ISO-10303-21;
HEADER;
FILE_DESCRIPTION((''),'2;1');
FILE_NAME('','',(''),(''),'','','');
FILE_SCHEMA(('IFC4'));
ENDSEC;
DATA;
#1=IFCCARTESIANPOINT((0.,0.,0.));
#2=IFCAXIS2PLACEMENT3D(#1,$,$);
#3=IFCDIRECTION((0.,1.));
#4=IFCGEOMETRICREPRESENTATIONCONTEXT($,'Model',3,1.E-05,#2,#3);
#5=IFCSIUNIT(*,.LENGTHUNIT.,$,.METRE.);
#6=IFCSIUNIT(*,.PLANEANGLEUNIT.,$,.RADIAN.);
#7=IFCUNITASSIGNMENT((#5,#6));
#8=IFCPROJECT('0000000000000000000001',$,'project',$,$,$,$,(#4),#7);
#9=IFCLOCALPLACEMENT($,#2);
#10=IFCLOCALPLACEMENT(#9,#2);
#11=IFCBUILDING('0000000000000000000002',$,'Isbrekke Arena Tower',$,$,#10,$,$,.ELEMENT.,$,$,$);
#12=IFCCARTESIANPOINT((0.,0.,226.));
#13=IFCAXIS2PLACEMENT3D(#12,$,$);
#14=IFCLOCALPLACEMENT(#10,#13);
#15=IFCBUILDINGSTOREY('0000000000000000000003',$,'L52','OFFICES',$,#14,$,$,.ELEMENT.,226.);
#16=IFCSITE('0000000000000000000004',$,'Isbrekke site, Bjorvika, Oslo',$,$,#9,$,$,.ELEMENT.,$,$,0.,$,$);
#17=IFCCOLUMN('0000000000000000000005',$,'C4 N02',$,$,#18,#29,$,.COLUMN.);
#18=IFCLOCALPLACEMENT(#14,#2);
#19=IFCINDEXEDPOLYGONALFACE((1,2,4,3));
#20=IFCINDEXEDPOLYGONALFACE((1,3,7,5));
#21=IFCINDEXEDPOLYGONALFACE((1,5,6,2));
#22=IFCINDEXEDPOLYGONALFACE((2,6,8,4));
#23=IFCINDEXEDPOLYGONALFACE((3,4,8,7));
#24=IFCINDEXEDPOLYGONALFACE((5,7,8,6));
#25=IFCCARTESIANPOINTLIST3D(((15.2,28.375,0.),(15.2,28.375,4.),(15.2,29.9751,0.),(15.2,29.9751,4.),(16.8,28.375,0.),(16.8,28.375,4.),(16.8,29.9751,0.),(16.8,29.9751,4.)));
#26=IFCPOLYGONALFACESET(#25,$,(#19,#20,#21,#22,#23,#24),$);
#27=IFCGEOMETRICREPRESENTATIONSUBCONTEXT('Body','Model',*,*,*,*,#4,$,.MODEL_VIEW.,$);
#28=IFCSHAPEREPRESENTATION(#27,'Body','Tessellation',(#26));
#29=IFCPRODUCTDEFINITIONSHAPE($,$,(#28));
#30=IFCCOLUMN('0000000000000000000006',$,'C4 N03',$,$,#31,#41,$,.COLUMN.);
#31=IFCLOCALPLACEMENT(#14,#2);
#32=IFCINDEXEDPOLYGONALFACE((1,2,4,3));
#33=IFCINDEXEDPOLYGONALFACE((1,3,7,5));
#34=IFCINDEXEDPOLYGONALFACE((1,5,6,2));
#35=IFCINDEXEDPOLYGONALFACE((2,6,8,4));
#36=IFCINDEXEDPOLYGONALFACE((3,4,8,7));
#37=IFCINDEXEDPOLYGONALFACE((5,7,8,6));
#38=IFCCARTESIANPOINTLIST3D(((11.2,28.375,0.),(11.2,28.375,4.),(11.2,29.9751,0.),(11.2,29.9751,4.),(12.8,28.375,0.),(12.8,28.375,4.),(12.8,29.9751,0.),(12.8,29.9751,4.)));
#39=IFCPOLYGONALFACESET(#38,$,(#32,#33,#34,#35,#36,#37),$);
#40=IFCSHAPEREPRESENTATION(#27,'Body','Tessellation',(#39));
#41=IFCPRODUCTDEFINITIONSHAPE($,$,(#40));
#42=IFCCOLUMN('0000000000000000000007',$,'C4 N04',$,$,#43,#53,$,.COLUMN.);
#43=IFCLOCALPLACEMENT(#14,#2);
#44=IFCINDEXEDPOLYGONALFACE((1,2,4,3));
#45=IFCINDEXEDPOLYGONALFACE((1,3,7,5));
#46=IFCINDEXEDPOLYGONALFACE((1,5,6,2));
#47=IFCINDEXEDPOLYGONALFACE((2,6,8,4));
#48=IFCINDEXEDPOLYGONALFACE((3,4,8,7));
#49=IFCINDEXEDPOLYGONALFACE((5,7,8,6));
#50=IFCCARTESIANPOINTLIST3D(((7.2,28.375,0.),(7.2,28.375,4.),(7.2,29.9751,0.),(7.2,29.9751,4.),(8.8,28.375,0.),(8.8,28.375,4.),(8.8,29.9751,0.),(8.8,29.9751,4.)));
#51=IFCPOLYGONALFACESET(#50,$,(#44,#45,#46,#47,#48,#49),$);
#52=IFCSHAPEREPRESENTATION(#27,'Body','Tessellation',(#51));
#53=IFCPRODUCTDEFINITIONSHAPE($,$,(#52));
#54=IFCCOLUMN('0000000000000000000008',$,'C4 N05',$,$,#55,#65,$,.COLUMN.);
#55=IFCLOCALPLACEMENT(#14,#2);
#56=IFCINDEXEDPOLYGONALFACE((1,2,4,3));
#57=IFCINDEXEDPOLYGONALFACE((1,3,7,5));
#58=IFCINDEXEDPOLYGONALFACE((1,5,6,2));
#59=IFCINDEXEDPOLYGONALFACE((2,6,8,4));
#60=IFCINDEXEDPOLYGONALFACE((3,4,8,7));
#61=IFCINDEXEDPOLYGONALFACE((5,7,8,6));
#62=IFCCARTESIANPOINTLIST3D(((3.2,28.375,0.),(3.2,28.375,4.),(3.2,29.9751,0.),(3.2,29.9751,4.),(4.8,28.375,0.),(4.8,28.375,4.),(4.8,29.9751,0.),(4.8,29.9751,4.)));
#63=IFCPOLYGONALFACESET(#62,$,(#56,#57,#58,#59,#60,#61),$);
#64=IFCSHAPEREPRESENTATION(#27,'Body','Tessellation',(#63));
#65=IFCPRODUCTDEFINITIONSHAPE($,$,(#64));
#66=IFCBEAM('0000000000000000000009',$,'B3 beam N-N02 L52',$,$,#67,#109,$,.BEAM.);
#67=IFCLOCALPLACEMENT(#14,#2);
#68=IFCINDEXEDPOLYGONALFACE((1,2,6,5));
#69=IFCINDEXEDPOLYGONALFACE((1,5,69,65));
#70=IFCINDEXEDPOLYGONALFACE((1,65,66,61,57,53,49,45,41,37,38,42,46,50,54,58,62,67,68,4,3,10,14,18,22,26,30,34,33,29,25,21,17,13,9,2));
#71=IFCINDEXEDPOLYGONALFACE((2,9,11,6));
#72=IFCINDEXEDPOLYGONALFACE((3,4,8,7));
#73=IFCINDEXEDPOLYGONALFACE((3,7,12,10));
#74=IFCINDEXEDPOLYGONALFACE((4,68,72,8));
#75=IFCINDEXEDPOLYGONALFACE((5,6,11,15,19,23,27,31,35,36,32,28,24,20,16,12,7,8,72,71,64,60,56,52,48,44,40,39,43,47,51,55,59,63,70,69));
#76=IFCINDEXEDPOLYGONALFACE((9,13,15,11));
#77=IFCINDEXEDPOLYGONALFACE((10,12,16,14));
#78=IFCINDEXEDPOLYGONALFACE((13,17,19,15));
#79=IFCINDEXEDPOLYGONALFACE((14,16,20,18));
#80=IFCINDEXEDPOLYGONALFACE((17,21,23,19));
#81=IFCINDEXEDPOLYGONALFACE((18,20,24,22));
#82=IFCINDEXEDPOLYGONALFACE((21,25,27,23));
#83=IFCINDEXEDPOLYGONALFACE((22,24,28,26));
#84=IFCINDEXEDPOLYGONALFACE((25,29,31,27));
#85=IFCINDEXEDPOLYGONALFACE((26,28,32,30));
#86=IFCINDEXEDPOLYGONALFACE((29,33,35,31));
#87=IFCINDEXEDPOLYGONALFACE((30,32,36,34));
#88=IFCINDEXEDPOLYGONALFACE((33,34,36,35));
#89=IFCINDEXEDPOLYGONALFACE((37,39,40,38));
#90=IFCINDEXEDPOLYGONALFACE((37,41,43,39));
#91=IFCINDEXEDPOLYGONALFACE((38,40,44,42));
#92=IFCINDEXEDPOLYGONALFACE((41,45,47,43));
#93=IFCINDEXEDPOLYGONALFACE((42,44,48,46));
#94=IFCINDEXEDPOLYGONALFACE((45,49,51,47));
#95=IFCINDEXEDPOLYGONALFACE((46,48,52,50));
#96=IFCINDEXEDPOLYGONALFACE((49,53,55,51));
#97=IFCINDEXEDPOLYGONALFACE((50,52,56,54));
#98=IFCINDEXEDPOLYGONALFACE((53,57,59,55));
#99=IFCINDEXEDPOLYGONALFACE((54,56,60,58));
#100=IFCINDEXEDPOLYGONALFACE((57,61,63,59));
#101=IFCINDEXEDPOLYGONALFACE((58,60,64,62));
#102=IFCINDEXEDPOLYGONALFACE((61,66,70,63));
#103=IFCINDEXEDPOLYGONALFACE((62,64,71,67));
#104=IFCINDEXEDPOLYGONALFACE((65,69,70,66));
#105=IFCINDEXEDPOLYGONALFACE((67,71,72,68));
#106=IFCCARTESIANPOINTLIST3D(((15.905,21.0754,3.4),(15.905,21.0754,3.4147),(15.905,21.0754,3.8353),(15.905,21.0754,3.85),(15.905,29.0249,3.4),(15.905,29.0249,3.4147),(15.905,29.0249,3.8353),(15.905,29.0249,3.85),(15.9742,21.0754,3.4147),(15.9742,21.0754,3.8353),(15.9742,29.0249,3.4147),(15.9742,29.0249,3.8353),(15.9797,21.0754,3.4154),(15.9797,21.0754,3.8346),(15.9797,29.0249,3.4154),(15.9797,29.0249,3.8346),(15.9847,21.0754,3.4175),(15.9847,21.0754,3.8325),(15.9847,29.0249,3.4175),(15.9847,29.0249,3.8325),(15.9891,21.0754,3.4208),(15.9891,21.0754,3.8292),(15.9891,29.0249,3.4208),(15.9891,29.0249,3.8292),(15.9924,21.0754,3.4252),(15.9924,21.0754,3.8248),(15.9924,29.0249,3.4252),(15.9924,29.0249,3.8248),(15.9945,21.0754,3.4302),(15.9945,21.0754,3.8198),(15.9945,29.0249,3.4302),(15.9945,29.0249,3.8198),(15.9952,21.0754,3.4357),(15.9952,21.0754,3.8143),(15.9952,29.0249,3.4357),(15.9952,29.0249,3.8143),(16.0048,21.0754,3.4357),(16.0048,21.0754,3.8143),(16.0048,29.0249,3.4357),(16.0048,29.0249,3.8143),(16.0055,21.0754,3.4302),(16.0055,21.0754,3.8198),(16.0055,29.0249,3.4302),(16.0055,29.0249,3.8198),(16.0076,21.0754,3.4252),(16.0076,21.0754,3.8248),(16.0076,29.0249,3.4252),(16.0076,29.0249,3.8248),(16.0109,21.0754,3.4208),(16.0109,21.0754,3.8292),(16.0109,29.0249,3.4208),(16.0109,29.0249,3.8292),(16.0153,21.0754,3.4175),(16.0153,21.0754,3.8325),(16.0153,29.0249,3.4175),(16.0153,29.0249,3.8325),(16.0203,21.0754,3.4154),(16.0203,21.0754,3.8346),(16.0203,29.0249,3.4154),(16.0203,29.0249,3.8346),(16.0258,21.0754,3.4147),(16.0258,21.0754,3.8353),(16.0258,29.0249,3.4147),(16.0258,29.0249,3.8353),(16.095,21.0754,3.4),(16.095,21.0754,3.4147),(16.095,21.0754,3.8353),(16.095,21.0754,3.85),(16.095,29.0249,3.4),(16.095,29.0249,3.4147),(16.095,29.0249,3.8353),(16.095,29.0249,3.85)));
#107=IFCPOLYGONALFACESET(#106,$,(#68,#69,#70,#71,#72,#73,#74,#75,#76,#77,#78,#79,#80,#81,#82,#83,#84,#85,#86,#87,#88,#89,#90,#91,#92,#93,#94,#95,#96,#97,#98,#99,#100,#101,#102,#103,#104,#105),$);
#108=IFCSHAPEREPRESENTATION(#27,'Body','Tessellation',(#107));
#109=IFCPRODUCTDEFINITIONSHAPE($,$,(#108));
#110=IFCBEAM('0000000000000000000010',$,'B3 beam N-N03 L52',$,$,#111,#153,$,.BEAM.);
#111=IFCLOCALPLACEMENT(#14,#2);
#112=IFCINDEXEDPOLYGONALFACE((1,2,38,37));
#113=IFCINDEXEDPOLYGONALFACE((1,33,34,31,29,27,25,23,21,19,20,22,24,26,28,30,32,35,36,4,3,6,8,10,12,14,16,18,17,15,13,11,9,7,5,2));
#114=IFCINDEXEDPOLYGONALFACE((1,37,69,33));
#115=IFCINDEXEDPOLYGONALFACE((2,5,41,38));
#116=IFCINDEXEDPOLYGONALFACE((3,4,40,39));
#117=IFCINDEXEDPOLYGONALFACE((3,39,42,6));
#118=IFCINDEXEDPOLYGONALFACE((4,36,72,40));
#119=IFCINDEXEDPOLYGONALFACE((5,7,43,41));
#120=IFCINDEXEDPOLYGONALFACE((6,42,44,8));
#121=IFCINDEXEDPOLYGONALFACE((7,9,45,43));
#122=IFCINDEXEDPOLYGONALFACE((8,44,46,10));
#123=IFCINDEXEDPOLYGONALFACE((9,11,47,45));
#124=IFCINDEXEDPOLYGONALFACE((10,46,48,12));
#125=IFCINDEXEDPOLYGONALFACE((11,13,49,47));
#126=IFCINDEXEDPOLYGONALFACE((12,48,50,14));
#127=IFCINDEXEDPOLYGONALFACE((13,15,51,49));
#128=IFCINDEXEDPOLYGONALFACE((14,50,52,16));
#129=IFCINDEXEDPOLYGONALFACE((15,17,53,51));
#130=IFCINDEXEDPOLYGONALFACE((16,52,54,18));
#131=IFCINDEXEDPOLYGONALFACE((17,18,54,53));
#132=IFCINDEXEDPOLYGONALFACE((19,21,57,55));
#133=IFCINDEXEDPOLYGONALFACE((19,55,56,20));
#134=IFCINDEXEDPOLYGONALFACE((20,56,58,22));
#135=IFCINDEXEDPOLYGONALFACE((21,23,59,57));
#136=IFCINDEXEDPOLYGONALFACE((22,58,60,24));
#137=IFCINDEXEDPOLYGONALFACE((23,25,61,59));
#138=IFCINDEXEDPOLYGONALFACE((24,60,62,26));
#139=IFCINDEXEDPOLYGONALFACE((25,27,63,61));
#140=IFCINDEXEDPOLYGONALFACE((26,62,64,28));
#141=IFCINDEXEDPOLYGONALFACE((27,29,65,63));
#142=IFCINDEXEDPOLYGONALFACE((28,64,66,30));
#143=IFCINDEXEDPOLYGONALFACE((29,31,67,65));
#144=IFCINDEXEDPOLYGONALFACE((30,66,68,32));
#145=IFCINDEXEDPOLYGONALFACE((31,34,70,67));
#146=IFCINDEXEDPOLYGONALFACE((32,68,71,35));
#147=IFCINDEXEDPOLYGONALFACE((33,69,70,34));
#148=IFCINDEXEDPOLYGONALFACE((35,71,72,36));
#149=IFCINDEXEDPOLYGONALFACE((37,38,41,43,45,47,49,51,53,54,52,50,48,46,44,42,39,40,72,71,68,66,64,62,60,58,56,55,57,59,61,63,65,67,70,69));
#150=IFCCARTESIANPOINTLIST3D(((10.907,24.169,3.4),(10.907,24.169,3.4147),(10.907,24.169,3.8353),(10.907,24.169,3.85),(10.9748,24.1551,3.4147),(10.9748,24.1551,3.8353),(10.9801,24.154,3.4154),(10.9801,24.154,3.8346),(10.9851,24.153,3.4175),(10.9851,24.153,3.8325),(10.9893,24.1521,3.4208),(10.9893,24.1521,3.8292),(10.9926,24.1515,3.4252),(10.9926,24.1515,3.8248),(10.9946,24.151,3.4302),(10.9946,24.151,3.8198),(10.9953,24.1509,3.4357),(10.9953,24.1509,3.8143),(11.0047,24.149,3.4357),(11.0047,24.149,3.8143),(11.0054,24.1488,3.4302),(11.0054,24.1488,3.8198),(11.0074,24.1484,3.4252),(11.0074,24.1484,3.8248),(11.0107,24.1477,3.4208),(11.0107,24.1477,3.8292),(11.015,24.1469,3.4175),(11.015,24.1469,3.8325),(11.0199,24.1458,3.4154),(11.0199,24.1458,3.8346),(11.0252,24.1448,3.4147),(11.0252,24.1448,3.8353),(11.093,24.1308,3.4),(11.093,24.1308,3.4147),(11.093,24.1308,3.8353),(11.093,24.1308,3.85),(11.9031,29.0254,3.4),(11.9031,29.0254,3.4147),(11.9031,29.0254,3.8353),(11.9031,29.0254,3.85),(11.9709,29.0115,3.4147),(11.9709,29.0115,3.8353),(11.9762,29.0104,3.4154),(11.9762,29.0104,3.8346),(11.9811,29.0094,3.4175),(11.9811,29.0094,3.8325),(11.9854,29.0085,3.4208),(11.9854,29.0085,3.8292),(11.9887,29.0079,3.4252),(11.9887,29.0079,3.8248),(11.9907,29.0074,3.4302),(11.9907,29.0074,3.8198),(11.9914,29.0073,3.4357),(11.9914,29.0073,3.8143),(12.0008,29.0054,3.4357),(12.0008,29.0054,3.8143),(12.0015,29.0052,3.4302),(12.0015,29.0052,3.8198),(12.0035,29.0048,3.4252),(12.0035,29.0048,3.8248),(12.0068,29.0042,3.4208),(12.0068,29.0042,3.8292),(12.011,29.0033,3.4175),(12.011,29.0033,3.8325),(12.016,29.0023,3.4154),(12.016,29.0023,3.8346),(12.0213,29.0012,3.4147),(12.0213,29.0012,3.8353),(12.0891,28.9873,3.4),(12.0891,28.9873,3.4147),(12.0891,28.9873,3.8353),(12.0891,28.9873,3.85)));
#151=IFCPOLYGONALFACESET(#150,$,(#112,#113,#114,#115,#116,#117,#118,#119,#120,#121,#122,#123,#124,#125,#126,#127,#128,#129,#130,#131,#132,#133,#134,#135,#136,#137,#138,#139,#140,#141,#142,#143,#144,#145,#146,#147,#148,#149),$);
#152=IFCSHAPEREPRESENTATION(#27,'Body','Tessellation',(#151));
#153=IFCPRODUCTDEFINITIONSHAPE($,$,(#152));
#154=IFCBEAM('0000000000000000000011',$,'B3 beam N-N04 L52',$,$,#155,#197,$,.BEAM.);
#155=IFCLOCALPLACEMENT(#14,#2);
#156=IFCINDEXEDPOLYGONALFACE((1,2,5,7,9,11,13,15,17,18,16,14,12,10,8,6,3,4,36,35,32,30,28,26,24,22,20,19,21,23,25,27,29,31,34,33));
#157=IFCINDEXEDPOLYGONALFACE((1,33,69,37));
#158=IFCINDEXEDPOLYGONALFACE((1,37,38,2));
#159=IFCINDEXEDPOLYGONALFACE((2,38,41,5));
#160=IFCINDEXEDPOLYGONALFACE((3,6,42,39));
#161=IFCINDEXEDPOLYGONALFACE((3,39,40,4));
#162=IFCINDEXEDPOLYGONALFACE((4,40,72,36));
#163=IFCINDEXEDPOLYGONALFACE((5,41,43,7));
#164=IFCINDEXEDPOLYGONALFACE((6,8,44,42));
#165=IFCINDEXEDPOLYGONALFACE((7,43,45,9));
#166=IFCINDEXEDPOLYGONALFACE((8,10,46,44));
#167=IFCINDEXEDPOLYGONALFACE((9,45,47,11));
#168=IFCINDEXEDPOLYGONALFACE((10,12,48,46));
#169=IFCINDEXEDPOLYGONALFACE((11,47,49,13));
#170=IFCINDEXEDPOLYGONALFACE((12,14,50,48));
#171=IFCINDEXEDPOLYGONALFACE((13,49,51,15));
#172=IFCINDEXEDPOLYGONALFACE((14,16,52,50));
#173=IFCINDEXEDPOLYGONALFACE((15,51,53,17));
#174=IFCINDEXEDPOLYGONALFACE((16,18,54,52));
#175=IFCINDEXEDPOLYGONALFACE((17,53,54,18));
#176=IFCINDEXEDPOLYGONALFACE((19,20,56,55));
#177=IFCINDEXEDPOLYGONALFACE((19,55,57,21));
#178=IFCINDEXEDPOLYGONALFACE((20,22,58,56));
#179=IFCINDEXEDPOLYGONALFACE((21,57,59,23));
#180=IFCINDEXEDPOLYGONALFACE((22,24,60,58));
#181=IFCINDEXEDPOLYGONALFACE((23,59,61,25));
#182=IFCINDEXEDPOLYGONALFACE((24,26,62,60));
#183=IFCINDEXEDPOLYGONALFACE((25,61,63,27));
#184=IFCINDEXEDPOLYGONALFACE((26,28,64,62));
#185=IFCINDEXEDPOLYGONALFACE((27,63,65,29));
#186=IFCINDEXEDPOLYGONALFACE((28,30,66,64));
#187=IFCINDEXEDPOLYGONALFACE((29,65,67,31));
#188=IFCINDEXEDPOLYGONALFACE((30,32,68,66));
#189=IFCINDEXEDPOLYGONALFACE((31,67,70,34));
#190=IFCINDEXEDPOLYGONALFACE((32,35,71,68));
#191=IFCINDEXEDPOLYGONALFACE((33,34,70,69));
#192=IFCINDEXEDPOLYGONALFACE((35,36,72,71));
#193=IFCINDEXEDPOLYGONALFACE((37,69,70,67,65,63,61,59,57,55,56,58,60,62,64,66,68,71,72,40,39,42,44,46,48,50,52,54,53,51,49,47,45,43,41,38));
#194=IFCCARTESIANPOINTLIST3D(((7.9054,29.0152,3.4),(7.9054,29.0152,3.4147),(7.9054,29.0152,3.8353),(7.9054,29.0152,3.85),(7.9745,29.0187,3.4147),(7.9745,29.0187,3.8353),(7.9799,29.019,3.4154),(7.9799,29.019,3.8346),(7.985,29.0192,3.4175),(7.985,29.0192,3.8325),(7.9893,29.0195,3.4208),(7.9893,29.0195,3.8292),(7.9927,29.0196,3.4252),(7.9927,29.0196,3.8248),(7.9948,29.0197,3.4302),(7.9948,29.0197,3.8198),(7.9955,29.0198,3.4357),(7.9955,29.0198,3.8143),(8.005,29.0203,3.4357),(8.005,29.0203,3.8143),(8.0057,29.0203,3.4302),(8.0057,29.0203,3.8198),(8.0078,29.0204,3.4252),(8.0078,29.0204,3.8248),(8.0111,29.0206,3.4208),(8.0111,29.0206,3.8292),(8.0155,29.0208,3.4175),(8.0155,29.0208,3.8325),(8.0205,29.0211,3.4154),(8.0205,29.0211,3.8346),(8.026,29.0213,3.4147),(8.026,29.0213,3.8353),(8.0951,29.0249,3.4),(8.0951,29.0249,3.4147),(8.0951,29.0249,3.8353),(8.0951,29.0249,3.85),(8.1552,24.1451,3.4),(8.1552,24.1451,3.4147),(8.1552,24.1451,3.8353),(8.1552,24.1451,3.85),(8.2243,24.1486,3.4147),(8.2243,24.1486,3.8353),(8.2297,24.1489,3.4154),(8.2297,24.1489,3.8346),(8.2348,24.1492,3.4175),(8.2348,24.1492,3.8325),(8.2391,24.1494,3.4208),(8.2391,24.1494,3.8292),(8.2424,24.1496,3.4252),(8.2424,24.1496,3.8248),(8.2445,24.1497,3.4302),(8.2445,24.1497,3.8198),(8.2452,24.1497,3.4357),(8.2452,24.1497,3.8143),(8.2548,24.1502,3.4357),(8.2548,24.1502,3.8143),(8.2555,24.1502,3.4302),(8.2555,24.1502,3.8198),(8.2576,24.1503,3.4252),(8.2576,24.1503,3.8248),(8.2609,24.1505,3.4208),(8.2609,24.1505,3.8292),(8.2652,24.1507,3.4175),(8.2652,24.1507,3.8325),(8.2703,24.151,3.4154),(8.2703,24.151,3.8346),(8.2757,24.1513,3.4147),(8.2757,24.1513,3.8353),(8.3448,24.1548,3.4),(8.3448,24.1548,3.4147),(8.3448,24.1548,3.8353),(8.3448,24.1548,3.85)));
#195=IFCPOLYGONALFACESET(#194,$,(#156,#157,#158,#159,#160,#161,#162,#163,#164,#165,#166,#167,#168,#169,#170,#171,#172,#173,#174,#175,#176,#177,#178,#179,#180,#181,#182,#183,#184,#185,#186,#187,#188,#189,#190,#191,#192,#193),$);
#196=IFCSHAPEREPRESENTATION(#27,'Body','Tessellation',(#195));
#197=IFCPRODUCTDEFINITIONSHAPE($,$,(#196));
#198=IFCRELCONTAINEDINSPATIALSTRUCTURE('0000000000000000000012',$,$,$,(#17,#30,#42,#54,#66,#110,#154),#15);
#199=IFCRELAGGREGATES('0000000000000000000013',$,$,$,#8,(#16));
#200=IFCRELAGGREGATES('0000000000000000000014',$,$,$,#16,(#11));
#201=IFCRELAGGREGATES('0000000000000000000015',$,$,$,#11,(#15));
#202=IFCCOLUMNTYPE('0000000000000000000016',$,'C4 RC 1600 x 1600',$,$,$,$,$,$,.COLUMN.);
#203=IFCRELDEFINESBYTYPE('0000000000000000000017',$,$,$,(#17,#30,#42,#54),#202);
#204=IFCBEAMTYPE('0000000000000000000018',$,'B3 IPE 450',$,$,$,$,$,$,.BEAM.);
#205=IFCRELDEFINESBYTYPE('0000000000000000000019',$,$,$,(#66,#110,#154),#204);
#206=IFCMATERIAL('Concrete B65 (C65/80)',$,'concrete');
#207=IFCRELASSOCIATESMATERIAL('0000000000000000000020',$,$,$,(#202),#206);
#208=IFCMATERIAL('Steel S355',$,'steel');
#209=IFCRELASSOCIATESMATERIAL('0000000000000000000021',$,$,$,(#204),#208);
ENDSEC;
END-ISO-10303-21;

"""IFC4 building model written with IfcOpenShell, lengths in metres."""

from ifc_helpers import new_model, si_unit, direction, frame, origin, origin_2d, place, context, subcontext, project, spatial, rectangle, i_section, extrude, material, material_profile, profile_set, type_object, element, save


model = new_model("IFC4")

# Units and contexts
model_context = context("Model", 3, precision=1e-05, world=origin(), true_north=direction((0.0, 1.0)))
body_context = subcontext(model_context, "Body", "Model", "MODEL_VIEW")
ifc_project = project(units=[si_unit("LENGTHUNIT", "METRE"), si_unit("PLANEANGLEUNIT", "RADIAN")], contexts=[model_context])

# Site, building, storey
site_placement = place(None, origin())
site = spatial("IfcSite", under=ifc_project, at=site_placement, Name="Isbrekke site, Bjorvika, Oslo", CompositionType="ELEMENT", RefElevation=0.0)
building_placement = place(site_placement, origin())
building = spatial("IfcBuilding", under=site, at=building_placement, Name="Isbrekke Arena Tower", CompositionType="ELEMENT")
storey_placement = place(building_placement, frame((0.0, 0.0, 226.0)))
storey = spatial("IfcBuildingStorey", under=building, at=storey_placement, Name="L52", Description="OFFICES", CompositionType="ELEMENT", Elevation=226.0)

# Columns
ifc_material_1 = material(Name="Concrete B65 (C65/80)", Category="concrete")
ifc_material_profile_1 = material_profile(ifc_material_1, rectangle(XDim=1.6001, YDim=1.6001, at=origin_2d()), Name="RC 1600x1600")
ifc_profile_set_1 = profile_set([ifc_material_profile_1], Name="Concrete B65 (C65/80)")
column_type = type_object("IfcColumnType", Name="C4 RC 1600 x 1600", PredefinedType="COLUMN", material=ifc_profile_set_1)
for number, where, z_axis, x_axis, name in (
    (1, (16.0, 29.175, 0.0), (0.0, 0.0, 1.0), (-1.0, 0.0, 0.0), "C4 N02"),
    (2, (12.0, 29.175, 0.0), (0.0, 0.0, 1.0), (-1.0, 0.0, 0.0), "C4 N03"),
    (3, (8.0, 29.175, 0.0), (0.0, 0.0, 1.0), (-1.0, 0.0, 0.0), "C4 N04"),
    (4, (4.0, 29.175, 0.0), (0.0, 0.0, 1.0), (-1.0, 0.0, 0.0), "C4 N05"),
):
    element("IfcColumn", number, at=place(storey_placement, frame(where, z_axis=z_axis, x_axis=x_axis)), inside=storey, type_object=column_type, Name=name, PredefinedType="COLUMN", context=body_context, shape_type="SweptSolid", body=[
        extrude(rectangle(XDim=1.6001, YDim=1.6001, at=origin_2d()), origin(), (0.0, 0.0, 1.0), 4.0),
    ])

# Beams
ifc_material_2 = material(Name="Steel S355", Category="steel")
ifc_material_profile_2 = material_profile(ifc_material_2, i_section(OverallWidth=0.1899, OverallDepth=0.45, WebThickness=0.0095, FlangeThickness=0.0146, FilletRadius=0.021, at=origin_2d()), Name="IPE 450")
ifc_profile_set_2 = profile_set([ifc_material_profile_2], Name="Steel S355")
beam_type_1 = type_object("IfcBeamType", Name="B3 IPE 450", PredefinedType="BEAM", material=ifc_profile_set_2)
beam_1_placement = place(storey_placement, frame((16.0, 29.0249, 3.625), z_axis=(0.0, -1.0, 0.0), x_axis=(1.0, 0.0, 0.0)))
element("IfcBeam", 5, at=beam_1_placement, inside=storey, type_object=beam_type_1, Name="B3 beam N-N02 L52", PredefinedType="BEAM", context=body_context, shape_type="SweptSolid", body=[
    extrude(i_section(OverallWidth=0.1899, OverallDepth=0.45, WebThickness=0.0095, FlangeThickness=0.0146, FilletRadius=0.021, at=origin_2d()), origin(), (0.0, 0.0, 1.0), 7.9495),
])
beam_2_placement = place(storey_placement, frame((11.9961, 29.0063, 3.625), z_axis=(-0.200925, -0.979607, 0.0), x_axis=(0.979607, -0.200925, 0.0)))
element("IfcBeam", 6, at=beam_2_placement, inside=storey, type_object=beam_type_1, Name="B3 beam N-N03 L52", PredefinedType="BEAM", context=body_context, shape_type="SweptSolid", body=[
    extrude(i_section(OverallWidth=0.1899, OverallDepth=0.45, WebThickness=0.0095, FlangeThickness=0.0146, FilletRadius=0.021, at=origin_2d()), origin(), (0.0, 0.0, 1.0), 4.9575),
])
beam_3_placement = place(storey_placement, frame((8.0002, 29.02, 3.625), z_axis=(0.051216, -0.998688, 0.0), x_axis=(0.998688, 0.051216, 0.0)))
element("IfcBeam", 7, at=beam_3_placement, inside=storey, type_object=beam_type_1, Name="B3 beam N-N04 L52", PredefinedType="BEAM", context=body_context, shape_type="SweptSolid", body=[
    extrude(i_section(OverallWidth=0.1899, OverallDepth=0.45, WebThickness=0.0095, FlangeThickness=0.0146, FilletRadius=0.021, at=origin_2d()), origin(), (0.0, 0.0, 1.0), 4.8765),
])

save(model, "model.ifc")
